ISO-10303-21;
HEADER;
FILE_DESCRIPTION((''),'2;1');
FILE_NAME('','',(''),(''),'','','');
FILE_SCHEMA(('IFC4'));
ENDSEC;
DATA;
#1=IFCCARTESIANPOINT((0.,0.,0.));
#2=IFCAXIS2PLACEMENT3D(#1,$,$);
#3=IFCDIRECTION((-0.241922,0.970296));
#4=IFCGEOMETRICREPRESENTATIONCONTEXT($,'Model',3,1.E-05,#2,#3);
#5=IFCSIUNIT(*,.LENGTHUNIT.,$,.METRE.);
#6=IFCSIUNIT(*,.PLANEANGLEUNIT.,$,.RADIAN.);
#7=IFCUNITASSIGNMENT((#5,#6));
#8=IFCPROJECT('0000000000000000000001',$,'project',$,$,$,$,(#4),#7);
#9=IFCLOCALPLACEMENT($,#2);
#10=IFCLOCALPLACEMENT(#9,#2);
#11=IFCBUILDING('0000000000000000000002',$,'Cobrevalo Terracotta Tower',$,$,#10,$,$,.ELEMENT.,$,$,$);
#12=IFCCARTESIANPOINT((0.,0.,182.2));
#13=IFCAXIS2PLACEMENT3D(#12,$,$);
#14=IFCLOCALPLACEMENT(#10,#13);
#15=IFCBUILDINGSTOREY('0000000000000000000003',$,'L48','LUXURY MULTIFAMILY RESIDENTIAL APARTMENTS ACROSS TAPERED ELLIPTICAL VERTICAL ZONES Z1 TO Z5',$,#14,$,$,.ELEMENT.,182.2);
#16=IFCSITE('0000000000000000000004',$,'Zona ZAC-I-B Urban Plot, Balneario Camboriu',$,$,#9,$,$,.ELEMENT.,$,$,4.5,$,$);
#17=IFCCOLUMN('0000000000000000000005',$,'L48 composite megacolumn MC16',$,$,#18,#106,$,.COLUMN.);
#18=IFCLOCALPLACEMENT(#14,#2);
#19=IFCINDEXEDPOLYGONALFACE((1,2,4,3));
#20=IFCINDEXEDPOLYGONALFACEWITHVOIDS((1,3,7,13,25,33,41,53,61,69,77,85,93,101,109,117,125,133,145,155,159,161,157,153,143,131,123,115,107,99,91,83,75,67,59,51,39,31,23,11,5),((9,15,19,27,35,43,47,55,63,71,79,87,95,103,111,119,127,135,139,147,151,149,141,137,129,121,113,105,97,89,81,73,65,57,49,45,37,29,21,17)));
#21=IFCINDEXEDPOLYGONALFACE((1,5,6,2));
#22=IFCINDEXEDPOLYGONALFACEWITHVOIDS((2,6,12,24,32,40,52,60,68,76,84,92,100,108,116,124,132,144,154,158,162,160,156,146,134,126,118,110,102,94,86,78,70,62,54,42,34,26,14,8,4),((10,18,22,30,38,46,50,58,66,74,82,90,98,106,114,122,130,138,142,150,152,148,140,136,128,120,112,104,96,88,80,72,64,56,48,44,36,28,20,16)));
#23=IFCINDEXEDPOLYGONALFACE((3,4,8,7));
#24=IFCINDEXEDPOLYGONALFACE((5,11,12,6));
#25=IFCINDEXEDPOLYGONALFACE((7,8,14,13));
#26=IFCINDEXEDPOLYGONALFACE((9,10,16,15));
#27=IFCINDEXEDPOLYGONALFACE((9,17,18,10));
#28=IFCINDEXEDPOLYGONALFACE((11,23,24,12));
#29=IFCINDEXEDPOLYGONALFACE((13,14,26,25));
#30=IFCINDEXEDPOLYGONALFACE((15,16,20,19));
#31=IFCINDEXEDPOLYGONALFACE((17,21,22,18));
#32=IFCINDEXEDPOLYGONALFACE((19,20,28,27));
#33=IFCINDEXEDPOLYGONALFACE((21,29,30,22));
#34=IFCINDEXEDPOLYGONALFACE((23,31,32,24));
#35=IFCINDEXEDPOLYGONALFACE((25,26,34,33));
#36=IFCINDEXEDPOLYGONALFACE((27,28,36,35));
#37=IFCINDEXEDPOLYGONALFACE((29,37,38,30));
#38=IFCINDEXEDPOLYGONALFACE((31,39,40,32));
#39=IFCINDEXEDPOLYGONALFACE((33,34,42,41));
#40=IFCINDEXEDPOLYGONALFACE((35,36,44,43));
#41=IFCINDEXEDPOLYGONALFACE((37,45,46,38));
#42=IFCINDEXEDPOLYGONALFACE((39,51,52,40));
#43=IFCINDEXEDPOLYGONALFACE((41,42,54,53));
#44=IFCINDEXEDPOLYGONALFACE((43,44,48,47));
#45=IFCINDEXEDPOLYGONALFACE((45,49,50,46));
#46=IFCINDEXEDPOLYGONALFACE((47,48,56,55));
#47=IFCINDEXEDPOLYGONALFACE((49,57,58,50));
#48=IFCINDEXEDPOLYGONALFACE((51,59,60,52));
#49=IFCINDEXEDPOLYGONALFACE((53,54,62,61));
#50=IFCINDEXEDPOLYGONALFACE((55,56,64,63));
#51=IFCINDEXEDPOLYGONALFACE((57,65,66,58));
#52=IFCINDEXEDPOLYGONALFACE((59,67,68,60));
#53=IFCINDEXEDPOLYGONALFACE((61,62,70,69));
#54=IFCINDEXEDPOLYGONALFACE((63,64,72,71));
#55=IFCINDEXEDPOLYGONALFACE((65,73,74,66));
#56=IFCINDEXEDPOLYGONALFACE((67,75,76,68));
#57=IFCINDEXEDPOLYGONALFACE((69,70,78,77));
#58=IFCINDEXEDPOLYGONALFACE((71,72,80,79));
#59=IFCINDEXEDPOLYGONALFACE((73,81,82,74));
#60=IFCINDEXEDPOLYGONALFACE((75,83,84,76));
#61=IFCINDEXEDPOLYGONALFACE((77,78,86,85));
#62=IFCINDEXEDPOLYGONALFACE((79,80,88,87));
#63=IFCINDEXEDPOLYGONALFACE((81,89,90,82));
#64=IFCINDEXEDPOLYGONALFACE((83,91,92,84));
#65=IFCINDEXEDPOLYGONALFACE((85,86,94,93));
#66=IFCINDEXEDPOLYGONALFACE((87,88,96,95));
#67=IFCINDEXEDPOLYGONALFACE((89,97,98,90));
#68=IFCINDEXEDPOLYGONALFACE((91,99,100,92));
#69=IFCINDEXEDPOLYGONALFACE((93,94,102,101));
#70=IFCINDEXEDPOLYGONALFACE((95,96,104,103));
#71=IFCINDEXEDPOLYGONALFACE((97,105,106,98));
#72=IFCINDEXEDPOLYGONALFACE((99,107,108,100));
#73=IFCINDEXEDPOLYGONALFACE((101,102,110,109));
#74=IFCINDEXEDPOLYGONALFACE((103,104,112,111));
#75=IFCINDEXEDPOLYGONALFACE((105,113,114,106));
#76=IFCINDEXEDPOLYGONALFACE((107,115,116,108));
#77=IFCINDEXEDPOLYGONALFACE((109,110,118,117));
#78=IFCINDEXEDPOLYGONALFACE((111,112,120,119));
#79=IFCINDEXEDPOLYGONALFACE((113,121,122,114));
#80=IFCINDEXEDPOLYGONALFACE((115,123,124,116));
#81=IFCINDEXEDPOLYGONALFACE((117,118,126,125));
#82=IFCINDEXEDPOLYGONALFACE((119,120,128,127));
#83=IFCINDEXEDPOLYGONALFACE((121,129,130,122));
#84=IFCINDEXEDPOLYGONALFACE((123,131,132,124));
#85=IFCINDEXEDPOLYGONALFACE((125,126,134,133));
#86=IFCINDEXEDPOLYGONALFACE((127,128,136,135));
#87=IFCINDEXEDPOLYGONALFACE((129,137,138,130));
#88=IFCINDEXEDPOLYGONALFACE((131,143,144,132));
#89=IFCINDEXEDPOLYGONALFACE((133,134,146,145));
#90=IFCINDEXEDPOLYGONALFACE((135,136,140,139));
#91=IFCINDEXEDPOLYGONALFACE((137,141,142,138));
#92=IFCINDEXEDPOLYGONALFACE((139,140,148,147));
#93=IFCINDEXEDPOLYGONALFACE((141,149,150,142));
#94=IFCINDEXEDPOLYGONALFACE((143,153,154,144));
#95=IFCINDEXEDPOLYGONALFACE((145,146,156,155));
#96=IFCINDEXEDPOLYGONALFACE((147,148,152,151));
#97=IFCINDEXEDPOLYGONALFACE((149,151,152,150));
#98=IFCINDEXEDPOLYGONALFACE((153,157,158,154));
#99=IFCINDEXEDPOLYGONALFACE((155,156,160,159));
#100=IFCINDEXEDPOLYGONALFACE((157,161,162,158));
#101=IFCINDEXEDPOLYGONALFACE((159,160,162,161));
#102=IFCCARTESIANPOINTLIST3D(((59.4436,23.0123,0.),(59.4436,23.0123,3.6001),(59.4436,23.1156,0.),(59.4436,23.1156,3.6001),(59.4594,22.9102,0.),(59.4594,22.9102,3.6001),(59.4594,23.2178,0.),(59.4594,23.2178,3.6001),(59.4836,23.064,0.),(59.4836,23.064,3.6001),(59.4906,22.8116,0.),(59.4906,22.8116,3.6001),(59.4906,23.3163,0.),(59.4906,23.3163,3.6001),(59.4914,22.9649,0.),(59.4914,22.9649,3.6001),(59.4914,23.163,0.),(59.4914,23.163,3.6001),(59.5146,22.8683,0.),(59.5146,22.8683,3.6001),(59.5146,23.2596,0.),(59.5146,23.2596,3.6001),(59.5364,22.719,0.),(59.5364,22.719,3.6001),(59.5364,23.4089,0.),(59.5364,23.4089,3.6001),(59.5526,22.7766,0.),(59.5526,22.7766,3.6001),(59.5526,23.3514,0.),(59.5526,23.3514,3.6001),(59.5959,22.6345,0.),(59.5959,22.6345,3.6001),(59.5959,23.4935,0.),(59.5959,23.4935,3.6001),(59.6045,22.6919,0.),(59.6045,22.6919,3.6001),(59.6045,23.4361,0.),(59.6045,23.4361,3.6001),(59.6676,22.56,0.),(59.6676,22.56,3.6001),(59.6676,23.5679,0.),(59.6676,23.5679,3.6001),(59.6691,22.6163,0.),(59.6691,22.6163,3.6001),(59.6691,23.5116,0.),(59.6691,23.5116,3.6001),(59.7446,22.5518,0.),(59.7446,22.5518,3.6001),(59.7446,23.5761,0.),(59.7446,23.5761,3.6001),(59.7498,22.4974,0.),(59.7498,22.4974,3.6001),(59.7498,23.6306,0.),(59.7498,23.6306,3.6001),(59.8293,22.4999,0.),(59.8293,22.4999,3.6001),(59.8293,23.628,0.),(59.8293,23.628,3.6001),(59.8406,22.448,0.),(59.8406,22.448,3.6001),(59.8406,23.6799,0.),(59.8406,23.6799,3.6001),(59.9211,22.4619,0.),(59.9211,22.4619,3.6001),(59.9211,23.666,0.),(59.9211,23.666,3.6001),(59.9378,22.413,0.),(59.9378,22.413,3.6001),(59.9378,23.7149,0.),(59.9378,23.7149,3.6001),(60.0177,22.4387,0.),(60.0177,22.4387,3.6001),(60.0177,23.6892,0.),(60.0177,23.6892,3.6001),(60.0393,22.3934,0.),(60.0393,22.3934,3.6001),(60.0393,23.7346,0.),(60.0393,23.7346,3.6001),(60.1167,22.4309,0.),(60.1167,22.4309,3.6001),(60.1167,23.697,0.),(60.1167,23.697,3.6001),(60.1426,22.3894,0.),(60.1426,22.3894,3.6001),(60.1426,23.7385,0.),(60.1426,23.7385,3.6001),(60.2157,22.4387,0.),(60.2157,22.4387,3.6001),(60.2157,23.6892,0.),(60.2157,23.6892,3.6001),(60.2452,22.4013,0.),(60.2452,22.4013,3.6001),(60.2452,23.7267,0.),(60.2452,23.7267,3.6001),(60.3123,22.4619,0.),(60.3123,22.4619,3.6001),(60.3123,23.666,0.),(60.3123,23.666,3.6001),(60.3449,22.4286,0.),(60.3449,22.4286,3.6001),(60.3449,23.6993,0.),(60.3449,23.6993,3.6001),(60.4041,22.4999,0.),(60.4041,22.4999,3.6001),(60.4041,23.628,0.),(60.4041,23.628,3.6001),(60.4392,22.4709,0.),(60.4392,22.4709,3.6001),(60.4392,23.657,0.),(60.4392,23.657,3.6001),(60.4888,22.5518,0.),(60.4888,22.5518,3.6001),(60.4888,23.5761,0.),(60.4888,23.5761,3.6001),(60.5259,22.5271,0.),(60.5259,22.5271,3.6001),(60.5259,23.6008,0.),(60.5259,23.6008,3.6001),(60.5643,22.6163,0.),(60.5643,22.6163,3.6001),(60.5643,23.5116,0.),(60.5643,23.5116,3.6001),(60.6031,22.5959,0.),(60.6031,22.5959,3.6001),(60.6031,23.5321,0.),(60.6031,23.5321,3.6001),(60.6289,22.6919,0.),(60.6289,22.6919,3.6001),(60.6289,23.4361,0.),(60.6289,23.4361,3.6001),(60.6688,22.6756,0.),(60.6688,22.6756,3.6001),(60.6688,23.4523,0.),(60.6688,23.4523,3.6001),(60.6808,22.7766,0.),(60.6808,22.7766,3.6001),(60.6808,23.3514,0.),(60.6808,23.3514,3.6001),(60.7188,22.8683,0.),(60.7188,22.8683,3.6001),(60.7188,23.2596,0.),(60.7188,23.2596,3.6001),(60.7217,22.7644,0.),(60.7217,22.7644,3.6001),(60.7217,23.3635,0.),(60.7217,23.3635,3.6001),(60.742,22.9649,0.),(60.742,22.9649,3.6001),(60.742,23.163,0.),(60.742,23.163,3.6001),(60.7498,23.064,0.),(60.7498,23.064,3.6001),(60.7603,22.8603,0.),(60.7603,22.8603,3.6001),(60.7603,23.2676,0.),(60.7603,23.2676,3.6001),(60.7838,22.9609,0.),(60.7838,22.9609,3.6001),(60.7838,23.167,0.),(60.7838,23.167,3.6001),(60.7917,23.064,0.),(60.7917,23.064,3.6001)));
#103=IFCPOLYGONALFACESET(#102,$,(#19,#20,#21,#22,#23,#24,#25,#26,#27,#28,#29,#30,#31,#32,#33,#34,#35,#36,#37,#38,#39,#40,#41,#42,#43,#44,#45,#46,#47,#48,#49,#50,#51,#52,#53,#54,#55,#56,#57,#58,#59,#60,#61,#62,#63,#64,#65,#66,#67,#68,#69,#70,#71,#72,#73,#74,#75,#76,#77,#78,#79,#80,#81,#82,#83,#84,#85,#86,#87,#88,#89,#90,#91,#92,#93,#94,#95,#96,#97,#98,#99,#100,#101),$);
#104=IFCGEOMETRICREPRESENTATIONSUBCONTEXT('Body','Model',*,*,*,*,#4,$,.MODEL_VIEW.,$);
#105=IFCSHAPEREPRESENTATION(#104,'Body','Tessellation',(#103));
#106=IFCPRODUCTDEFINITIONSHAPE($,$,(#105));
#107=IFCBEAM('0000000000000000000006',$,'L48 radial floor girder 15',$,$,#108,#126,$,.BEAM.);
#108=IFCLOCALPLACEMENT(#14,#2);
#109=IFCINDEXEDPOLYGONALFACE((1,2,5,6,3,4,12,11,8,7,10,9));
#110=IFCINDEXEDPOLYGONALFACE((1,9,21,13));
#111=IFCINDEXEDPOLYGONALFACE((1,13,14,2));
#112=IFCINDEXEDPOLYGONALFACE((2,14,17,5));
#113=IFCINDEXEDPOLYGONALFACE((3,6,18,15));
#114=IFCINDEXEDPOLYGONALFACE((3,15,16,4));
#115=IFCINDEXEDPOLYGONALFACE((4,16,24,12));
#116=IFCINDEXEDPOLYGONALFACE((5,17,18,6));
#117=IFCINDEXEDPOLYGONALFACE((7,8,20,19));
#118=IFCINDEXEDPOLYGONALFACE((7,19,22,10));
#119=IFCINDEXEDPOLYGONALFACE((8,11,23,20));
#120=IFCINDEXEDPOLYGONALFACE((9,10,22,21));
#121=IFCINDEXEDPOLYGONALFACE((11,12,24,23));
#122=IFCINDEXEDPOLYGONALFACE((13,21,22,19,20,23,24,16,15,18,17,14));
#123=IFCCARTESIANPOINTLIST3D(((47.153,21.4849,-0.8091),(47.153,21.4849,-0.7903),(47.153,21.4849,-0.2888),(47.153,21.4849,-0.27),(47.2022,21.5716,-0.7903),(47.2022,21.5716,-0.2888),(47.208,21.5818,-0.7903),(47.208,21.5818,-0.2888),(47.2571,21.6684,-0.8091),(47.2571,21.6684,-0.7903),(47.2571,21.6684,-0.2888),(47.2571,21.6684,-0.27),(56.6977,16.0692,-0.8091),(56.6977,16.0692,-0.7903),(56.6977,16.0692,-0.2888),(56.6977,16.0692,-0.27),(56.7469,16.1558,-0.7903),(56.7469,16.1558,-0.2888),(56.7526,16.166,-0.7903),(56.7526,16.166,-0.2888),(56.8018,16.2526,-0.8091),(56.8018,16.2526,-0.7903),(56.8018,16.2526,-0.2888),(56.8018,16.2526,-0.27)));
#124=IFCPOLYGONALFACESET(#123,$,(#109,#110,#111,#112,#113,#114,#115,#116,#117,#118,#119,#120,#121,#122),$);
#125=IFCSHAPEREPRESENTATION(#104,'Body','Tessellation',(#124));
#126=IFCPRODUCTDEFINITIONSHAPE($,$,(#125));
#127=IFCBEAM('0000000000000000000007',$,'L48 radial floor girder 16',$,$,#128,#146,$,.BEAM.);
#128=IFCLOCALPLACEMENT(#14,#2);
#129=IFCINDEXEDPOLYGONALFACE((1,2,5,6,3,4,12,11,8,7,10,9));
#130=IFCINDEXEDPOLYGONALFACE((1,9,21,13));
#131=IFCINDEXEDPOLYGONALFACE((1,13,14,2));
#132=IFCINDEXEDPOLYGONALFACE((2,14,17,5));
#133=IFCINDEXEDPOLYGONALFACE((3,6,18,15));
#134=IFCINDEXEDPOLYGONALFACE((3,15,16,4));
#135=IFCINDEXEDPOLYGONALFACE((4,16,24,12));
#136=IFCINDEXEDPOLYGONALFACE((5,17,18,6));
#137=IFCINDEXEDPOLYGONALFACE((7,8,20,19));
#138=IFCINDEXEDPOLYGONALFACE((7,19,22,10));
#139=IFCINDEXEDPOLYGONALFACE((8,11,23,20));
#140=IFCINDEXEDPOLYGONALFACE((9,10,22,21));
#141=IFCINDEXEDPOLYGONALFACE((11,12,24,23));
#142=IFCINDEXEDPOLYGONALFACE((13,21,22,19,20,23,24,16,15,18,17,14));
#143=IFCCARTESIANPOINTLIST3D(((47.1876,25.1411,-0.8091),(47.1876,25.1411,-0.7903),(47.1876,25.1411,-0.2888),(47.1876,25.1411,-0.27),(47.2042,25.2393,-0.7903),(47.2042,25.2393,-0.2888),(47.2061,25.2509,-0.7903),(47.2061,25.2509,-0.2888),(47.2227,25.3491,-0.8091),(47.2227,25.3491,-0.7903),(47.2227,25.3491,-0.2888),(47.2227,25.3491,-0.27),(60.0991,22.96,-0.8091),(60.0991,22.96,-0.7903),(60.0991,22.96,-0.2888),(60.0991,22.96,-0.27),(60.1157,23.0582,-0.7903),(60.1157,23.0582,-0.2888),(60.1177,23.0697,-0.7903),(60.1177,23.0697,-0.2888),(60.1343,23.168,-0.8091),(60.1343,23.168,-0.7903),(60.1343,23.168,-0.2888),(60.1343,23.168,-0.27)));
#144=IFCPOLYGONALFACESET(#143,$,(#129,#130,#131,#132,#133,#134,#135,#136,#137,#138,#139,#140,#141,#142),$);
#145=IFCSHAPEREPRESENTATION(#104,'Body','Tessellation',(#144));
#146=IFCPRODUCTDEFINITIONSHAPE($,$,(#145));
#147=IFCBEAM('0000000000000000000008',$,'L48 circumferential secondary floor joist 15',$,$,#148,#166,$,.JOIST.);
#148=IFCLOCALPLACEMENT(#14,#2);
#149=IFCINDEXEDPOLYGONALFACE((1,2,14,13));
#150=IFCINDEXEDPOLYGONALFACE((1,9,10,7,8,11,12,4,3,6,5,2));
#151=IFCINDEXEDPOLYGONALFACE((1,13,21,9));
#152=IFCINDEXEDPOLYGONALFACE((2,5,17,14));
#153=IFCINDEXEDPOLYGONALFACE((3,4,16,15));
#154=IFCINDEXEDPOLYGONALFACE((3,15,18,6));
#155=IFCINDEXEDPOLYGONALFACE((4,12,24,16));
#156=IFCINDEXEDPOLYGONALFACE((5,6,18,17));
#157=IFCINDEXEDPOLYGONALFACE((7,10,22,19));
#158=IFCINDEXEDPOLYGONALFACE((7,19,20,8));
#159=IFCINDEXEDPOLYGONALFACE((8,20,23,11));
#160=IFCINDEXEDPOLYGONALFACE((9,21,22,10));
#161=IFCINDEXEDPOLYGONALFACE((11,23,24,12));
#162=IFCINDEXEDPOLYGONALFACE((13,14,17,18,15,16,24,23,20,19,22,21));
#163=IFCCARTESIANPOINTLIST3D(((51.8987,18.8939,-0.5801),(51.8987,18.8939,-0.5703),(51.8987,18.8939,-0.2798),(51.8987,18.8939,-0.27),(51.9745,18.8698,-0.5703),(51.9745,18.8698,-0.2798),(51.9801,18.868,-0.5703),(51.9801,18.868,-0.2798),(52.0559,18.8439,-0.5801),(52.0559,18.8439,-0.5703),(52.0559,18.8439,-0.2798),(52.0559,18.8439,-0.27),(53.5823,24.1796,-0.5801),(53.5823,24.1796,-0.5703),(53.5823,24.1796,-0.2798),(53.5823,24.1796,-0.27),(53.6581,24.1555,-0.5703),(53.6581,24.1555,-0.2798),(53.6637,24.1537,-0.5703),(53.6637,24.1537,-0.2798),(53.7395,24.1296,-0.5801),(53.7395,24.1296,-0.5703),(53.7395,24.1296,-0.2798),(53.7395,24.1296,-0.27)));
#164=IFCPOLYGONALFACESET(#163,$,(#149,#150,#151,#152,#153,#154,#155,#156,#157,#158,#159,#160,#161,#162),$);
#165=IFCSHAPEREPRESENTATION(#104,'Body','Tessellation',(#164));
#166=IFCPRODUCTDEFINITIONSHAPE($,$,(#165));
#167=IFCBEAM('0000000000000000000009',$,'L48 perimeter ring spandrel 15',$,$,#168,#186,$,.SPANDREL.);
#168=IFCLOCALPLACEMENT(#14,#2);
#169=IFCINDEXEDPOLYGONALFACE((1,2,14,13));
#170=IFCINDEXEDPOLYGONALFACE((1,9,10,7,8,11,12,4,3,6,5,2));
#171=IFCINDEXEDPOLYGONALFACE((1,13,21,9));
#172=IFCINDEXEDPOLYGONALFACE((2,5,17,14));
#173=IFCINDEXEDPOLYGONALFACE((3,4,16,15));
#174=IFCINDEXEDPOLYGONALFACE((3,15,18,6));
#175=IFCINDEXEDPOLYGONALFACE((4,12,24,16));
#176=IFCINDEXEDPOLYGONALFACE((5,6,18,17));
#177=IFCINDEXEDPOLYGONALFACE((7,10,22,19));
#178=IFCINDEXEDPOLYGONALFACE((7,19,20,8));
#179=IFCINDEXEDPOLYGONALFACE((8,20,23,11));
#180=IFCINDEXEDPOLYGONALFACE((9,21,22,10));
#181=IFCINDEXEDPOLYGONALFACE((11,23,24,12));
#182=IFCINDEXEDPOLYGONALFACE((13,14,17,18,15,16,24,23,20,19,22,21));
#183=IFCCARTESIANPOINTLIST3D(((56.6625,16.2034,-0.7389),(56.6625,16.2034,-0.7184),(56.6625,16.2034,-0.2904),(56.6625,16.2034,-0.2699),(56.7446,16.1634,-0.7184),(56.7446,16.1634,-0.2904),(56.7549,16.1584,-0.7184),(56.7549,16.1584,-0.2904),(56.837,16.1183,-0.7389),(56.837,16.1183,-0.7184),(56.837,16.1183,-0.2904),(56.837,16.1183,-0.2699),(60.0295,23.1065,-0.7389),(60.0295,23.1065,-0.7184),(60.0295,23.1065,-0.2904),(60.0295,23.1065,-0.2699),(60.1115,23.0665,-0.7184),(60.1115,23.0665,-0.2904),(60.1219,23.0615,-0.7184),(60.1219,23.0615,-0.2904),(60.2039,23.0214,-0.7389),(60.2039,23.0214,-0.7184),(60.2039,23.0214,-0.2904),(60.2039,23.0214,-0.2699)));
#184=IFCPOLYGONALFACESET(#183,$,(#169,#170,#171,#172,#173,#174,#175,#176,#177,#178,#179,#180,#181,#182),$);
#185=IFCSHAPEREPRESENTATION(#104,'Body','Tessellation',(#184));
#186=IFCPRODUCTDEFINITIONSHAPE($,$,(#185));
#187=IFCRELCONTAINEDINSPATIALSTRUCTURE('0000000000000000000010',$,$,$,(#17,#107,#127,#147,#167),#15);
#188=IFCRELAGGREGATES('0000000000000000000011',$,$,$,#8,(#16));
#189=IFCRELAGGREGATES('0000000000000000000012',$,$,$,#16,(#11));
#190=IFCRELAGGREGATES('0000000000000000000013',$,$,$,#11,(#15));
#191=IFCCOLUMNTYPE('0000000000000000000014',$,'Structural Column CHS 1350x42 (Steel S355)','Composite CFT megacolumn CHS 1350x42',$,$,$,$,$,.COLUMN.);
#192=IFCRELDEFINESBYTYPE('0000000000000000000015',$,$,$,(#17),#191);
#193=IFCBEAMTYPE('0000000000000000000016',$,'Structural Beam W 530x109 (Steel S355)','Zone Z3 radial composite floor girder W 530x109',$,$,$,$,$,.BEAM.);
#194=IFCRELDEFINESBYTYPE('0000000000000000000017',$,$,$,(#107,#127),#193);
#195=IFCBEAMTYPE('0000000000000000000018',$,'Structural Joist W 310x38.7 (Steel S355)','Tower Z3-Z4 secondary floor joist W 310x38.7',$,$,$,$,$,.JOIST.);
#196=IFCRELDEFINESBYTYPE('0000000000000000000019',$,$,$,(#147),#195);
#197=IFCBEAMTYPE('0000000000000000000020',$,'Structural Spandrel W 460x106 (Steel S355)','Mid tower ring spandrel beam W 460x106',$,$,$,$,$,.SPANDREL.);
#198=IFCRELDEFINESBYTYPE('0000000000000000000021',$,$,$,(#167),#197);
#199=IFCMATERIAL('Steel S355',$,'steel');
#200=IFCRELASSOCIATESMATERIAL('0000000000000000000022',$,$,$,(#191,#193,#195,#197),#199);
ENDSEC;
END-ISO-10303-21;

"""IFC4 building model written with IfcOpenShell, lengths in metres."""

from ifc_helpers import new_model, si_unit, direction, frame, origin, origin_2d, place, context, subcontext, project, spatial, hollow_circle, i_section, extrude, material, material_profile, profile_set, type_object, element, save


model = new_model("IFC4")

# Units and contexts
model_context = context("Model", 3, precision=1e-05, world=origin(), true_north=direction((-0.241922, 0.970296)))
body_context = subcontext(model_context, "Body", "Model", "MODEL_VIEW")
ifc_project = project(units=[si_unit("LENGTHUNIT", "METRE"), si_unit("PLANEANGLEUNIT", "RADIAN")], contexts=[model_context])

# Site, building, storey
site_placement = place(None, origin())
site = spatial("IfcSite", under=ifc_project, at=site_placement, Name="Zona ZAC-I-B Urban Plot, Balneario Camboriu", CompositionType="ELEMENT", RefElevation=4.5)
building_placement = place(site_placement, origin())
building = spatial("IfcBuilding", under=site, at=building_placement, Name="Cobrevalo Terracotta Tower", CompositionType="ELEMENT")
storey_placement = place(building_placement, frame((0.0, 0.0, 182.2)))
storey = spatial("IfcBuildingStorey", under=building, at=storey_placement, Name="L48", Description="LUXURY MULTIFAMILY RESIDENTIAL APARTMENTS ACROSS TAPERED ELLIPTICAL VERTICAL ZONES Z1 TO Z5", CompositionType="ELEMENT", Elevation=182.2)

# Column
ifc_material_1 = material(Name="Steel S355", Category="steel")
ifc_material_profile_1 = material_profile(ifc_material_1, hollow_circle(Radius=0.675, WallThickness=0.042, at=origin_2d()), Name="CHS 1350x42")
ifc_profile_set_1 = profile_set([ifc_material_profile_1], Name="Steel S355")
column_type = type_object("IfcColumnType", Name="Structural Column CHS 1350x42 (Steel S355)", Description="Composite CFT megacolumn CHS 1350x42", PredefinedType="COLUMN", material=ifc_profile_set_1)
column_placement = place(storey_placement, frame((60.1167, 23.064, 0.0), z_axis=(0.0, 0.0, 1.0), x_axis=(1.0, 0.0, 0.0)))
element("IfcColumn", 1, at=column_placement, inside=storey, type_object=column_type, Name="L48 composite megacolumn MC16", PredefinedType="COLUMN", context=body_context, shape_type="SweptSolid", body=[
    extrude(hollow_circle(Radius=0.675, WallThickness=0.042, at=origin_2d()), origin(), (0.0, 0.0, 1.0), 3.6001),
])

# Beams
ifc_material_profile_2 = material_profile(ifc_material_1, i_section(OverallWidth=0.2109, OverallDepth=0.5391, WebThickness=0.0117, FlangeThickness=0.0188, at=origin_2d()), Name="W 530x109")
ifc_profile_set_2 = profile_set([ifc_material_profile_2], Name="Steel S355")
beam_type_1 = type_object("IfcBeamType", Name="Structural Beam W 530x109 (Steel S355)", Description="Zone Z3 radial composite floor girder W 530x109", PredefinedType="BEAM", material=ifc_profile_set_2)
beam_1_placement = place(storey_placement, frame((56.7498, 16.1609, -0.5396), z_axis=(-0.869744, 0.493504, 0.0), x_axis=(-0.493504, -0.869744, 0.0)))
element("IfcBeam", 2, at=beam_1_placement, inside=storey, type_object=beam_type_1, Name="L48 radial floor girder 15", PredefinedType="BEAM", context=body_context, shape_type="SweptSolid", body=[
    extrude(i_section(OverallWidth=0.2109, OverallDepth=0.5391, WebThickness=0.0117, FlangeThickness=0.0188, at=origin_2d()), origin(), (0.0, 0.0, 1.0), 10.9741),
])
beam_2_placement = place(storey_placement, frame((60.1167, 23.064, -0.5396), z_axis=(-0.98603, 0.166569, 0.0), x_axis=(-0.166569, -0.98603, 0.0)))
element("IfcBeam", 3, at=beam_2_placement, inside=storey, type_object=beam_type_1, Name="L48 radial floor girder 16", PredefinedType="BEAM", context=body_context, shape_type="SweptSolid", body=[
    extrude(i_section(OverallWidth=0.2109, OverallDepth=0.5391, WebThickness=0.0117, FlangeThickness=0.0188, at=origin_2d()), origin(), (0.0, 0.0, 1.0), 13.0945),
])
ifc_material_profile_3 = material_profile(ifc_material_1, i_section(OverallWidth=0.165, OverallDepth=0.3101, WebThickness=0.0059, FlangeThickness=0.0098, at=origin_2d()), Name="W 310x38.7")
ifc_profile_set_3 = profile_set([ifc_material_profile_3], Name="Steel S355")
beam_type_2 = type_object("IfcBeamType", Name="Structural Joist W 310x38.7 (Steel S355)", Description="Tower Z3-Z4 secondary floor joist W 310x38.7", PredefinedType="JOIST", material=ifc_profile_set_3)
beam_3_placement = place(storey_placement, frame((51.9773, 18.8689, -0.425), z_axis=(0.303498, 0.952832, 0.0), x_axis=(-0.952832, 0.303498, 0.0)))
element("IfcBeam", 4, at=beam_3_placement, inside=storey, type_object=beam_type_2, Name="L48 circumferential secondary floor joist 15", PredefinedType="JOIST", context=body_context, shape_type="SweptSolid", body=[
    extrude(i_section(OverallWidth=0.165, OverallDepth=0.3101, WebThickness=0.0059, FlangeThickness=0.0098, at=origin_2d()), origin(), (0.0, 0.0, 1.0), 5.5474),
])
ifc_material_profile_4 = material_profile(ifc_material_1, i_section(OverallWidth=0.1941, OverallDepth=0.469, WebThickness=0.0115, FlangeThickness=0.0205, at=origin_2d()), Name="W 460x106")
ifc_profile_set_4 = profile_set([ifc_material_profile_4], Name="Steel S355")
beam_type_3 = type_object("IfcBeamType", Name="Structural Spandrel W 460x106 (Steel S355)", Description="Mid tower ring spandrel beam W 460x106", PredefinedType="SPANDREL", material=ifc_profile_set_4)
beam_4_placement = place(storey_placement, frame((56.7498, 16.1609, -0.5044), z_axis=(0.43838, 0.89879, 0.0), x_axis=(-0.89879, 0.43838, 0.0)))
element("IfcBeam", 5, at=beam_4_placement, inside=storey, type_object=beam_type_3, Name="L48 perimeter ring spandrel 15", PredefinedType="SPANDREL", context=body_context, shape_type="SweptSolid", body=[
    extrude(i_section(OverallWidth=0.1941, OverallDepth=0.469, WebThickness=0.0115, FlangeThickness=0.0205, at=origin_2d()), origin(), (0.0, 0.0, 1.0), 7.6804),
])

save(model, "model.ifc")
